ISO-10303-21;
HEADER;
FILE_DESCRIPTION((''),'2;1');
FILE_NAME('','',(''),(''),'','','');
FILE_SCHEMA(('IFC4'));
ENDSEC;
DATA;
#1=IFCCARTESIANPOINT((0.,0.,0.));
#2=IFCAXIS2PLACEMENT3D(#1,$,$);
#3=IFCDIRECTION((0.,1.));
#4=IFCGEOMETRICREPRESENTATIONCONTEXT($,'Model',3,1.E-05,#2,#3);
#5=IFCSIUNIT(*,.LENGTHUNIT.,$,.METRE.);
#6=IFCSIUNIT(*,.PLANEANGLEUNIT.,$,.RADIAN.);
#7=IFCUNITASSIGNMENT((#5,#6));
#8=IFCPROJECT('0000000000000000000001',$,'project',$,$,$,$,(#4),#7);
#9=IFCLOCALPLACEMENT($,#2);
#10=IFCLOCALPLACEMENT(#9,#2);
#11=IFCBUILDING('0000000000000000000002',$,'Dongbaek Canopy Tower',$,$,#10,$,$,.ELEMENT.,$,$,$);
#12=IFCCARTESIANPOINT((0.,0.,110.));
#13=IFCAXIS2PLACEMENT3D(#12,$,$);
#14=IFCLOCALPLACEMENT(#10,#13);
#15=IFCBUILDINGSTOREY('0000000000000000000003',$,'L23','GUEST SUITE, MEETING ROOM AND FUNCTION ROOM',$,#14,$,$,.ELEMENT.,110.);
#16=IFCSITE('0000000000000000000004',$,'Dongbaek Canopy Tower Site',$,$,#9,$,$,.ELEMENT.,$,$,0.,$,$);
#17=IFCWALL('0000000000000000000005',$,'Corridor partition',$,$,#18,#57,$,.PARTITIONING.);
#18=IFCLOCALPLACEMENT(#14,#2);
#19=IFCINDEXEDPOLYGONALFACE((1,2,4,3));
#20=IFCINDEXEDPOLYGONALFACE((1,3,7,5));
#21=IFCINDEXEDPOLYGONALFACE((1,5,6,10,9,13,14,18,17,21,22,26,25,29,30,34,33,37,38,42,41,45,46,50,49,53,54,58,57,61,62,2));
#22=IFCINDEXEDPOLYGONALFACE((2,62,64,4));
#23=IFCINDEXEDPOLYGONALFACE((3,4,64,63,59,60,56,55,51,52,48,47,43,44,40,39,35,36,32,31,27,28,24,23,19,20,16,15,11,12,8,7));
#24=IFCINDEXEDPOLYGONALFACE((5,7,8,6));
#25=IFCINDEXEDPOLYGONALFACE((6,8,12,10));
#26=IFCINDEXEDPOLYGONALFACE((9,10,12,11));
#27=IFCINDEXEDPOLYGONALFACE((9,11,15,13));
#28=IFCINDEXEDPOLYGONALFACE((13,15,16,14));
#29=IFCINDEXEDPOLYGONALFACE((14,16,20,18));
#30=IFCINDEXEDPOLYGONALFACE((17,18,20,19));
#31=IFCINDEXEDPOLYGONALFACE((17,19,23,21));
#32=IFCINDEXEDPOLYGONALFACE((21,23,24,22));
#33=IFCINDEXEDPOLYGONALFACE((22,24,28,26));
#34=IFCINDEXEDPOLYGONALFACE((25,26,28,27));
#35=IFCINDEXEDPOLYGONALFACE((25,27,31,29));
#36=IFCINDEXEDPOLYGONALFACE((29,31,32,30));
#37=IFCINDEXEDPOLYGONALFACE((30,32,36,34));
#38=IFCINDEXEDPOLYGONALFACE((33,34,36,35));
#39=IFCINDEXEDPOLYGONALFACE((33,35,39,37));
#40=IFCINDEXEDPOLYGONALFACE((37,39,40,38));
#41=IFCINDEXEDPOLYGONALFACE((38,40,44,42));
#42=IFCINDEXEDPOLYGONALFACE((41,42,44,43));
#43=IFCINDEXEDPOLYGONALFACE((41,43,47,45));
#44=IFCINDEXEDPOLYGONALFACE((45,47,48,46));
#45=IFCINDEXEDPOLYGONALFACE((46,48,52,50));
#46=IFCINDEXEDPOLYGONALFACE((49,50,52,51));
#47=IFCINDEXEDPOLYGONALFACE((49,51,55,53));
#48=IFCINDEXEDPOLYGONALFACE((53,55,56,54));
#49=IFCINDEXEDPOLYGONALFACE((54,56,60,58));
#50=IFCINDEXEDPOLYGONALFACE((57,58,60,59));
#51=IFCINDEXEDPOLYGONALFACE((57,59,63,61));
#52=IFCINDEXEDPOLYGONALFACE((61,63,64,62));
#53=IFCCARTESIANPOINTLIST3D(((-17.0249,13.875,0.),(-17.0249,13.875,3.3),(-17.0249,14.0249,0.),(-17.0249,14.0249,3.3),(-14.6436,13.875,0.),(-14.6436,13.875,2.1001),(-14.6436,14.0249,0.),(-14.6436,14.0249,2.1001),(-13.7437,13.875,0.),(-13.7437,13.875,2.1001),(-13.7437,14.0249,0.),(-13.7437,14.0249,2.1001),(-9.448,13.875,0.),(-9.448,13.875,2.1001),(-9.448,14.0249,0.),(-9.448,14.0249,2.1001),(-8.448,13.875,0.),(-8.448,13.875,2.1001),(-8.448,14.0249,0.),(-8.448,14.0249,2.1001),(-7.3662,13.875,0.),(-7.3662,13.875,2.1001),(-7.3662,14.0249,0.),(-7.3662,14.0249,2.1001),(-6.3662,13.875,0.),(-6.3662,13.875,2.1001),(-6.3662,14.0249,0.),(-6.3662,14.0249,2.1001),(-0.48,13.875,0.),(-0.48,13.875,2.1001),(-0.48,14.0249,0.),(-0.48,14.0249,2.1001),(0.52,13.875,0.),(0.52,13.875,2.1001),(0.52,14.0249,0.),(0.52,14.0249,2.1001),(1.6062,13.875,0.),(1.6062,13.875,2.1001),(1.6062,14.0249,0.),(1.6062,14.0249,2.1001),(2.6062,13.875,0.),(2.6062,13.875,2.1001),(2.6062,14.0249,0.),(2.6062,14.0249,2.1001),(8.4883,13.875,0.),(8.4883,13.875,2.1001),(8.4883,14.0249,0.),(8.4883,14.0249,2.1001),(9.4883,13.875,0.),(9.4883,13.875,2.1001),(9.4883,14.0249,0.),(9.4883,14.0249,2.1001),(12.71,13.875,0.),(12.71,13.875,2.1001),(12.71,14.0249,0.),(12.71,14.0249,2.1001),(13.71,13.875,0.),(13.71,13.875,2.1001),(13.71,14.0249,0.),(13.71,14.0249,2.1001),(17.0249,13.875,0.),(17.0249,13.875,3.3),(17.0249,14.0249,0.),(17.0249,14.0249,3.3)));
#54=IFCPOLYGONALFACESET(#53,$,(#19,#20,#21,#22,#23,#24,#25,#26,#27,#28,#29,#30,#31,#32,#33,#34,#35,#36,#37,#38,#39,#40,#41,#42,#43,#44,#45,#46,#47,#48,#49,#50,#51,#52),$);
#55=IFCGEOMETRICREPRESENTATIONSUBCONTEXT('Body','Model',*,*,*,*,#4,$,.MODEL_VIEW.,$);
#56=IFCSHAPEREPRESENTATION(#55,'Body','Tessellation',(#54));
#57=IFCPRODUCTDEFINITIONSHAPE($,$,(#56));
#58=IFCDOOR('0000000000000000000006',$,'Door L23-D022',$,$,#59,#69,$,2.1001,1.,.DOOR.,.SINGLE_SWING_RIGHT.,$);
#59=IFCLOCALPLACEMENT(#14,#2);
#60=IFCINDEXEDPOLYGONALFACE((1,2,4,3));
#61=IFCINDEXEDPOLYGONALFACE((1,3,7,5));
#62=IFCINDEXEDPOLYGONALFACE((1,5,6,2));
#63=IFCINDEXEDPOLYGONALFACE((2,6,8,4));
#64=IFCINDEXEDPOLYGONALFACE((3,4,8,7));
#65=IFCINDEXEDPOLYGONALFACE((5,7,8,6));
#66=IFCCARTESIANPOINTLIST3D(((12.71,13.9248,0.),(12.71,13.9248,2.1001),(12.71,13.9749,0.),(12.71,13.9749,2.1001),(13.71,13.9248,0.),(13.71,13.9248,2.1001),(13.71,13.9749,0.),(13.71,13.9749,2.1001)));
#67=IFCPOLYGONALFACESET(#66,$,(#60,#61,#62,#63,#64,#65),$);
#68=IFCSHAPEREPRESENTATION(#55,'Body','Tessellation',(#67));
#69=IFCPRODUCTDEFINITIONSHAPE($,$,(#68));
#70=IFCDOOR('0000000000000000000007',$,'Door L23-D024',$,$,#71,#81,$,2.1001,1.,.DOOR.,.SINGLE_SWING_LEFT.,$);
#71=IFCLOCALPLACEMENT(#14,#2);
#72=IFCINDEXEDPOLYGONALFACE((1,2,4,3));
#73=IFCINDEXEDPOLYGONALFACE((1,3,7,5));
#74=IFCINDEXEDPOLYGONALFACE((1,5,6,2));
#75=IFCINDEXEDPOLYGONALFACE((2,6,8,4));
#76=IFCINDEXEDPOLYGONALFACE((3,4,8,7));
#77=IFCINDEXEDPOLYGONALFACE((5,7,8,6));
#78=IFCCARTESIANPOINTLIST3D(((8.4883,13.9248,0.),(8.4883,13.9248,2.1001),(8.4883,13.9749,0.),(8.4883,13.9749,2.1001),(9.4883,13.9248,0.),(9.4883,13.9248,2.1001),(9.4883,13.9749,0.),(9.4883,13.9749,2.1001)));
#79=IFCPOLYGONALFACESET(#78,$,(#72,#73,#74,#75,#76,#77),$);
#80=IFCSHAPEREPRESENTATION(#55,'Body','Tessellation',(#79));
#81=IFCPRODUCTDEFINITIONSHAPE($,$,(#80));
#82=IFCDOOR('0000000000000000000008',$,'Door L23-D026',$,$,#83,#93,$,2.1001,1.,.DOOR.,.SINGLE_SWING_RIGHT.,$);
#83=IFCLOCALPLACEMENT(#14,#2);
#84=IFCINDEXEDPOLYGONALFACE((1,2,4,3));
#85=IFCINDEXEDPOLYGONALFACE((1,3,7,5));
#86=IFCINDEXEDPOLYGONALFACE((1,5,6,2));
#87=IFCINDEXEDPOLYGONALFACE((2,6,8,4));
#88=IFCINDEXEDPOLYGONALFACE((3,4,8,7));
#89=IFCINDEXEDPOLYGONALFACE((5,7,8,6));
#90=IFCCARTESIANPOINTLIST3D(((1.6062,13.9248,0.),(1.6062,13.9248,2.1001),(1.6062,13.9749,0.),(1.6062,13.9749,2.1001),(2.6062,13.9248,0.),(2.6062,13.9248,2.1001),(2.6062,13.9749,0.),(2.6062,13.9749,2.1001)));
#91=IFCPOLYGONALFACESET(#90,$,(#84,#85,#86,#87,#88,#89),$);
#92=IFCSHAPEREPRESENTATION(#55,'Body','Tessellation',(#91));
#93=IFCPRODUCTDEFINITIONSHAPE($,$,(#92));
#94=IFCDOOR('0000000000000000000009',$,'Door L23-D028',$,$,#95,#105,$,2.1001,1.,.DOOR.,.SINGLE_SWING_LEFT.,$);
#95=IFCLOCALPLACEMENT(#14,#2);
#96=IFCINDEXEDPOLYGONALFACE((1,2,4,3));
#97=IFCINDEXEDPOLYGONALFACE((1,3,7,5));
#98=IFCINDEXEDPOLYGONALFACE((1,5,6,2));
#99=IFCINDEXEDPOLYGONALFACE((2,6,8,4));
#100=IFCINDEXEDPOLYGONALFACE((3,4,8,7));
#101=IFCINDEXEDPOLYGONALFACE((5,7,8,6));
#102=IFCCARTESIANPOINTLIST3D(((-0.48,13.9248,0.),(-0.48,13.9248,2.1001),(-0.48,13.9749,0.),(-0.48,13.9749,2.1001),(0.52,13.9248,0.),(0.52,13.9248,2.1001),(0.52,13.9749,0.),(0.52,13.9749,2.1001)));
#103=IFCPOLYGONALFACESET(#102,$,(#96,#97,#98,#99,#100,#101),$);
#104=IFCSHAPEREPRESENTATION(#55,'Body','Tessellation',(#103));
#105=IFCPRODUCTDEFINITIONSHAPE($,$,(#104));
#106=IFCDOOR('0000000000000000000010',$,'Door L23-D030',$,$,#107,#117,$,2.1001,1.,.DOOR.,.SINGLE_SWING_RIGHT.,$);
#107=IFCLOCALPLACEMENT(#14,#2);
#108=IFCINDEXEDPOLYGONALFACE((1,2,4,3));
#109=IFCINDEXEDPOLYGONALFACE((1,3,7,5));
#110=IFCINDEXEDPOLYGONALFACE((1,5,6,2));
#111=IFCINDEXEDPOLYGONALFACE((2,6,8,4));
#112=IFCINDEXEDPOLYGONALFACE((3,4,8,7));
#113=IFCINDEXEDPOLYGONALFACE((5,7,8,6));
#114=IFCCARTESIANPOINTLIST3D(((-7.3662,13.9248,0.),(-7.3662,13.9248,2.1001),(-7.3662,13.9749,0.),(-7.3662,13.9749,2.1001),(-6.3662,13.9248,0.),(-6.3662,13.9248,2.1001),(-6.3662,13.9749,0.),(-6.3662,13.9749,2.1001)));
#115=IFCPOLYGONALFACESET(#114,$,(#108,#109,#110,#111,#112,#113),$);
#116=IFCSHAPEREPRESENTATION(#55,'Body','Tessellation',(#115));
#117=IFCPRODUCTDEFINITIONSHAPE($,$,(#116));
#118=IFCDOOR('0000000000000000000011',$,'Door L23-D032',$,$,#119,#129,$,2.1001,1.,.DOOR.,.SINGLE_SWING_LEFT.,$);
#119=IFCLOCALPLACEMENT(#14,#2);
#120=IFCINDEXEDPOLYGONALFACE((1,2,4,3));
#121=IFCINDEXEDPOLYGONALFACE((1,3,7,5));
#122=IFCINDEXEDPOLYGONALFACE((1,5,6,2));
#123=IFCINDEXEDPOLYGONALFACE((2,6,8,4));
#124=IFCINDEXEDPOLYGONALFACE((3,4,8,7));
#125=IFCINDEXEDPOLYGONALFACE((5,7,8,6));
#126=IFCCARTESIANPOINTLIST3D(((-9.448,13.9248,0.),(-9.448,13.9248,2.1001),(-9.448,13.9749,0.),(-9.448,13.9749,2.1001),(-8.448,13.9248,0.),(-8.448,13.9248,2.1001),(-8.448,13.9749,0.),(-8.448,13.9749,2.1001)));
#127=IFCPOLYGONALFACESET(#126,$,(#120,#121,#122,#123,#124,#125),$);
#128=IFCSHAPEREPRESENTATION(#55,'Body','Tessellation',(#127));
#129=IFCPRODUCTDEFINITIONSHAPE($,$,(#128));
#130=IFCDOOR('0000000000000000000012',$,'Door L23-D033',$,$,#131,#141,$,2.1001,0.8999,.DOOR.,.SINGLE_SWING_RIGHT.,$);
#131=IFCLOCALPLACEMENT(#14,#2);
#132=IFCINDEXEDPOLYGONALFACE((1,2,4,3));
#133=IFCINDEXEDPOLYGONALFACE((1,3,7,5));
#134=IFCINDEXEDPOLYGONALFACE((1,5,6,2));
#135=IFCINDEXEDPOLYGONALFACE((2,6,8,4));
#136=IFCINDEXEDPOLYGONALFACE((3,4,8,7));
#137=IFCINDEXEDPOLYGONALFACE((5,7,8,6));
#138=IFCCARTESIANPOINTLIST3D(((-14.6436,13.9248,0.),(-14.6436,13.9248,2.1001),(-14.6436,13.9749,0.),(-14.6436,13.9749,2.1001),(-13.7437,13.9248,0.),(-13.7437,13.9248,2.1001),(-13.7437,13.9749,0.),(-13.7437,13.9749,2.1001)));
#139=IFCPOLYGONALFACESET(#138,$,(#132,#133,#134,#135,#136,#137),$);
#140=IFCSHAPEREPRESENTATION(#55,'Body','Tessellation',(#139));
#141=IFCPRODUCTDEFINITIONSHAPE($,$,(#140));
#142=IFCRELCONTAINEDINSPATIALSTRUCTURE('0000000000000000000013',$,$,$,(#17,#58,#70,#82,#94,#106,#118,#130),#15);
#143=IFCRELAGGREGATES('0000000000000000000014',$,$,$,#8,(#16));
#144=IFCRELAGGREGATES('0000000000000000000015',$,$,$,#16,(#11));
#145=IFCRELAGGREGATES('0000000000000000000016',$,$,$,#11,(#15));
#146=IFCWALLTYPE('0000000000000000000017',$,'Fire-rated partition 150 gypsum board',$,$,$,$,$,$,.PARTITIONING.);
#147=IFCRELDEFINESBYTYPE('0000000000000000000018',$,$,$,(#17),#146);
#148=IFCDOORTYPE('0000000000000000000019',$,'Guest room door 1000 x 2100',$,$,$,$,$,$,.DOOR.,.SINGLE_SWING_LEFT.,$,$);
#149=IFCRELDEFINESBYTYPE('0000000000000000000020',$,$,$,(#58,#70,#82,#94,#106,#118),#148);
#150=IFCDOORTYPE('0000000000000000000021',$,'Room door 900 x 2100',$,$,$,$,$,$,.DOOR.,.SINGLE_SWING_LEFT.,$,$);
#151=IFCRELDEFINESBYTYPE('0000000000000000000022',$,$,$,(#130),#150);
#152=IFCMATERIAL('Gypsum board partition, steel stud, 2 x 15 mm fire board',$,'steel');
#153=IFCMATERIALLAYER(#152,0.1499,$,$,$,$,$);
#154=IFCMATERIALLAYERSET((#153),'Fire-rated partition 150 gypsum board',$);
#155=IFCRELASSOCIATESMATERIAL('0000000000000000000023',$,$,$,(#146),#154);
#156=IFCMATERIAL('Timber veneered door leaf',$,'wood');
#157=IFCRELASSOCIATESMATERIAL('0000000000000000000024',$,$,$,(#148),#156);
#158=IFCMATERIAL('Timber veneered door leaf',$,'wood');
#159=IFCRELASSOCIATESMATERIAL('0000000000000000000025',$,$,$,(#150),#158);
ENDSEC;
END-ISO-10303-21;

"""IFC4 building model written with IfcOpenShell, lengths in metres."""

from ifc_helpers import new_model, si_unit, direction, frame, frame_2d, origin, place, context, subcontext, project, spatial, rectangle, extrude, material, layer, layer_set, type_object, element, fill, save


model = new_model("IFC4")

# Units and contexts
model_context = context("Model", 3, precision=1e-05, world=origin(), true_north=direction((0.0, 1.0)))
body_context = subcontext(model_context, "Body", "Model", "MODEL_VIEW")
ifc_project = project(units=[si_unit("LENGTHUNIT", "METRE"), si_unit("PLANEANGLEUNIT", "RADIAN")], contexts=[model_context])

# Site, building, storey
site_placement = place(None, origin())
site = spatial("IfcSite", under=ifc_project, at=site_placement, Name="Dongbaek Canopy Tower Site", CompositionType="ELEMENT", RefElevation=0.0)
building_placement = place(site_placement, origin())
building = spatial("IfcBuilding", under=site, at=building_placement, Name="Dongbaek Canopy Tower", CompositionType="ELEMENT")
storey_placement = place(building_placement, frame((0.0, 0.0, 110.0)))
storey = spatial("IfcBuildingStorey", under=building, at=storey_placement, Name="L23", Description="GUEST SUITE, MEETING ROOM AND FUNCTION ROOM", CompositionType="ELEMENT", Elevation=110.0)

# Shared definitions
ifc_material_1 = material(Name="Gypsum board partition, steel stud, 2 x 15 mm fire board", Category="steel")
ifc_layer_1 = layer(ifc_material_1, 0.1499)
ifc_layer_set_1 = layer_set([ifc_layer_1], Name="Fire-rated partition 150 gypsum board")
wall_type_1 = type_object("IfcWallType", Name="Fire-rated partition 150 gypsum board", PredefinedType="PARTITIONING", material=ifc_layer_set_1)

# Wall, openings, doors
wall_1_placement = place(storey_placement, frame((-17.0249, 13.95, 0.0), z_axis=(0.0, 0.0, 1.0), x_axis=(1.0, 0.0, 0.0)))
wall_1 = element("IfcWall", 1, at=wall_1_placement, inside=storey, type_object=wall_type_1, Name="Corridor partition", PredefinedType="PARTITIONING", context=body_context, shape_type="SweptSolid", body=[
    extrude(rectangle(XDim=34.0498, YDim=0.1499, at=frame_2d((17.0249, 0.0))), origin(), (0.0, 0.0, 1.0), 3.3),
])
opening_1_placement = place(wall_1_placement, frame((29.7349, 0.0, 0.0)))
opening_1 = element("IfcOpeningElement", 2, at=opening_1_placement, cuts=wall_1, PredefinedType="OPENING", context=body_context, shape_type="SweptSolid", body=[
    extrude(rectangle(XDim=1.0, YDim=2.1001, at=frame_2d((0.5, 1.05))), frame((0.0, 0.085, 0.0), z_axis=(0.0, -1.0, 0.0), x_axis=(1.0, 0.0, 0.0)), (0.0, 0.0, 1.0), 0.1699),
])
opening_2_placement = place(wall_1_placement, frame((25.5132, 0.0, 0.0)))
opening_2 = element("IfcOpeningElement", 3, at=opening_2_placement, cuts=wall_1, PredefinedType="OPENING", context=body_context, shape_type="SweptSolid", body=[
    extrude(rectangle(XDim=1.0, YDim=2.1001, at=frame_2d((0.5, 1.05))), frame((0.0, 0.085, 0.0), z_axis=(0.0, -1.0, 0.0), x_axis=(1.0, 0.0, 0.0)), (0.0, 0.0, 1.0), 0.1699),
])
opening_3_placement = place(wall_1_placement, frame((18.6311, 0.0, 0.0)))
opening_3 = element("IfcOpeningElement", 4, at=opening_3_placement, cuts=wall_1, PredefinedType="OPENING", context=body_context, shape_type="SweptSolid", body=[
    extrude(rectangle(XDim=1.0, YDim=2.1001, at=frame_2d((0.5, 1.05))), frame((0.0, 0.085, 0.0), z_axis=(0.0, -1.0, 0.0), x_axis=(1.0, 0.0, 0.0)), (0.0, 0.0, 1.0), 0.1699),
])
opening_4_placement = place(wall_1_placement, frame((16.5449, 0.0, 0.0)))
opening_4 = element("IfcOpeningElement", 5, at=opening_4_placement, cuts=wall_1, PredefinedType="OPENING", context=body_context, shape_type="SweptSolid", body=[
    extrude(rectangle(XDim=1.0, YDim=2.1001, at=frame_2d((0.5, 1.05))), frame((0.0, 0.085, 0.0), z_axis=(0.0, -1.0, 0.0), x_axis=(1.0, 0.0, 0.0)), (0.0, 0.0, 1.0), 0.1699),
])
opening_5_placement = place(wall_1_placement, frame((9.6587, 0.0, 0.0)))
opening_5 = element("IfcOpeningElement", 6, at=opening_5_placement, cuts=wall_1, PredefinedType="OPENING", context=body_context, shape_type="SweptSolid", body=[
    extrude(rectangle(XDim=1.0, YDim=2.1001, at=frame_2d((0.5, 1.05))), frame((0.0, 0.085, 0.0), z_axis=(0.0, -1.0, 0.0), x_axis=(1.0, 0.0, 0.0)), (0.0, 0.0, 1.0), 0.1699),
])
opening_6_placement = place(wall_1_placement, frame((7.5769, 0.0, 0.0)))
opening_6 = element("IfcOpeningElement", 7, at=opening_6_placement, cuts=wall_1, PredefinedType="OPENING", context=body_context, shape_type="SweptSolid", body=[
    extrude(rectangle(XDim=1.0, YDim=2.1001, at=frame_2d((0.5, 1.05))), frame((0.0, 0.085, 0.0), z_axis=(0.0, -1.0, 0.0), x_axis=(1.0, 0.0, 0.0)), (0.0, 0.0, 1.0), 0.1699),
])
opening_7_placement = place(wall_1_placement, frame((2.3813, 0.0, 0.0)))
opening_7 = element("IfcOpeningElement", 8, at=opening_7_placement, cuts=wall_1, PredefinedType="OPENING", context=body_context, shape_type="SweptSolid", body=[
    extrude(rectangle(XDim=0.8999, YDim=2.1001, at=frame_2d((0.45, 1.05))), frame((0.0, 0.085, 0.0), z_axis=(0.0, -1.0, 0.0), x_axis=(1.0, 0.0, 0.0)), (0.0, 0.0, 1.0), 0.1699),
])
ifc_material_2 = material(Name="Timber veneered door leaf", Category="wood")
door_type_1 = type_object("IfcDoorType", Name="Guest room door 1000 x 2100", OperationType="SINGLE_SWING_LEFT", PredefinedType="DOOR", material=ifc_material_2)
door_1_placement = place(opening_1_placement, origin())
door_1 = element("IfcDoor", 9, at=door_1_placement, inside=storey, type_object=door_type_1, Name="Door L23-D022", OperationType="SINGLE_SWING_RIGHT", OverallHeight=2.1001, OverallWidth=1.0, PredefinedType="DOOR", context=body_context, shape_type="SweptSolid", body=[
    extrude(rectangle(XDim=1.0, YDim=2.1001, at=frame_2d((0.5, 1.05))), frame((0.0, 0.0249, 0.0), z_axis=(0.0, -1.0, 0.0), x_axis=(1.0, 0.0, 0.0)), (0.0, 0.0, 1.0), 0.05),
])
fill(opening_1, door_1)
door_2_placement = place(opening_2_placement, origin())
door_2 = element("IfcDoor", 10, at=door_2_placement, inside=storey, type_object=door_type_1, Name="Door L23-D024", OperationType="SINGLE_SWING_LEFT", OverallHeight=2.1001, OverallWidth=1.0, PredefinedType="DOOR", context=body_context, shape_type="SweptSolid", body=[
    extrude(rectangle(XDim=1.0, YDim=2.1001, at=frame_2d((0.5, 1.05))), frame((0.0, 0.0249, 0.0), z_axis=(0.0, -1.0, 0.0), x_axis=(1.0, 0.0, 0.0)), (0.0, 0.0, 1.0), 0.05),
])
fill(opening_2, door_2)
door_3_placement = place(opening_3_placement, origin())
door_3 = element("IfcDoor", 11, at=door_3_placement, inside=storey, type_object=door_type_1, Name="Door L23-D026", OperationType="SINGLE_SWING_RIGHT", OverallHeight=2.1001, OverallWidth=1.0, PredefinedType="DOOR", context=body_context, shape_type="SweptSolid", body=[
    extrude(rectangle(XDim=1.0, YDim=2.1001, at=frame_2d((0.5, 1.05))), frame((0.0, 0.0249, 0.0), z_axis=(0.0, -1.0, 0.0), x_axis=(1.0, 0.0, 0.0)), (0.0, 0.0, 1.0), 0.05),
])
fill(opening_3, door_3)
door_4_placement = place(opening_4_placement, origin())
door_4 = element("IfcDoor", 12, at=door_4_placement, inside=storey, type_object=door_type_1, Name="Door L23-D028", OperationType="SINGLE_SWING_LEFT", OverallHeight=2.1001, OverallWidth=1.0, PredefinedType="DOOR", context=body_context, shape_type="SweptSolid", body=[
    extrude(rectangle(XDim=1.0, YDim=2.1001, at=frame_2d((0.5, 1.05))), frame((0.0, 0.0249, 0.0), z_axis=(0.0, -1.0, 0.0), x_axis=(1.0, 0.0, 0.0)), (0.0, 0.0, 1.0), 0.05),
])
fill(opening_4, door_4)
door_5_placement = place(opening_5_placement, origin())
door_5 = element("IfcDoor", 13, at=door_5_placement, inside=storey, type_object=door_type_1, Name="Door L23-D030", OperationType="SINGLE_SWING_RIGHT", OverallHeight=2.1001, OverallWidth=1.0, PredefinedType="DOOR", context=body_context, shape_type="SweptSolid", body=[
    extrude(rectangle(XDim=1.0, YDim=2.1001, at=frame_2d((0.5, 1.05))), frame((0.0, 0.0249, 0.0), z_axis=(0.0, -1.0, 0.0), x_axis=(1.0, 0.0, 0.0)), (0.0, 0.0, 1.0), 0.05),
])
fill(opening_5, door_5)
door_6_placement = place(opening_6_placement, origin())
door_6 = element("IfcDoor", 14, at=door_6_placement, inside=storey, type_object=door_type_1, Name="Door L23-D032", OperationType="SINGLE_SWING_LEFT", OverallHeight=2.1001, OverallWidth=1.0, PredefinedType="DOOR", context=body_context, shape_type="SweptSolid", body=[
    extrude(rectangle(XDim=1.0, YDim=2.1001, at=frame_2d((0.5, 1.05))), frame((0.0, 0.0249, 0.0), z_axis=(0.0, -1.0, 0.0), x_axis=(1.0, 0.0, 0.0)), (0.0, 0.0, 1.0), 0.05),
])
fill(opening_6, door_6)
ifc_material_3 = material(Name="Timber veneered door leaf", Category="wood")
door_type_2 = type_object("IfcDoorType", Name="Room door 900 x 2100", OperationType="SINGLE_SWING_LEFT", PredefinedType="DOOR", material=ifc_material_3)
door_7_placement = place(opening_7_placement, origin())
door_7 = element("IfcDoor", 15, at=door_7_placement, inside=storey, type_object=door_type_2, Name="Door L23-D033", OperationType="SINGLE_SWING_RIGHT", OverallHeight=2.1001, OverallWidth=0.8999, PredefinedType="DOOR", context=body_context, shape_type="SweptSolid", body=[
    extrude(rectangle(XDim=0.8999, YDim=2.1001, at=frame_2d((0.45, 1.05))), frame((0.0, 0.0249, 0.0), z_axis=(0.0, -1.0, 0.0), x_axis=(1.0, 0.0, 0.0)), (0.0, 0.0, 1.0), 0.05),
])
fill(opening_7, door_7)

save(model, "model.ifc")
